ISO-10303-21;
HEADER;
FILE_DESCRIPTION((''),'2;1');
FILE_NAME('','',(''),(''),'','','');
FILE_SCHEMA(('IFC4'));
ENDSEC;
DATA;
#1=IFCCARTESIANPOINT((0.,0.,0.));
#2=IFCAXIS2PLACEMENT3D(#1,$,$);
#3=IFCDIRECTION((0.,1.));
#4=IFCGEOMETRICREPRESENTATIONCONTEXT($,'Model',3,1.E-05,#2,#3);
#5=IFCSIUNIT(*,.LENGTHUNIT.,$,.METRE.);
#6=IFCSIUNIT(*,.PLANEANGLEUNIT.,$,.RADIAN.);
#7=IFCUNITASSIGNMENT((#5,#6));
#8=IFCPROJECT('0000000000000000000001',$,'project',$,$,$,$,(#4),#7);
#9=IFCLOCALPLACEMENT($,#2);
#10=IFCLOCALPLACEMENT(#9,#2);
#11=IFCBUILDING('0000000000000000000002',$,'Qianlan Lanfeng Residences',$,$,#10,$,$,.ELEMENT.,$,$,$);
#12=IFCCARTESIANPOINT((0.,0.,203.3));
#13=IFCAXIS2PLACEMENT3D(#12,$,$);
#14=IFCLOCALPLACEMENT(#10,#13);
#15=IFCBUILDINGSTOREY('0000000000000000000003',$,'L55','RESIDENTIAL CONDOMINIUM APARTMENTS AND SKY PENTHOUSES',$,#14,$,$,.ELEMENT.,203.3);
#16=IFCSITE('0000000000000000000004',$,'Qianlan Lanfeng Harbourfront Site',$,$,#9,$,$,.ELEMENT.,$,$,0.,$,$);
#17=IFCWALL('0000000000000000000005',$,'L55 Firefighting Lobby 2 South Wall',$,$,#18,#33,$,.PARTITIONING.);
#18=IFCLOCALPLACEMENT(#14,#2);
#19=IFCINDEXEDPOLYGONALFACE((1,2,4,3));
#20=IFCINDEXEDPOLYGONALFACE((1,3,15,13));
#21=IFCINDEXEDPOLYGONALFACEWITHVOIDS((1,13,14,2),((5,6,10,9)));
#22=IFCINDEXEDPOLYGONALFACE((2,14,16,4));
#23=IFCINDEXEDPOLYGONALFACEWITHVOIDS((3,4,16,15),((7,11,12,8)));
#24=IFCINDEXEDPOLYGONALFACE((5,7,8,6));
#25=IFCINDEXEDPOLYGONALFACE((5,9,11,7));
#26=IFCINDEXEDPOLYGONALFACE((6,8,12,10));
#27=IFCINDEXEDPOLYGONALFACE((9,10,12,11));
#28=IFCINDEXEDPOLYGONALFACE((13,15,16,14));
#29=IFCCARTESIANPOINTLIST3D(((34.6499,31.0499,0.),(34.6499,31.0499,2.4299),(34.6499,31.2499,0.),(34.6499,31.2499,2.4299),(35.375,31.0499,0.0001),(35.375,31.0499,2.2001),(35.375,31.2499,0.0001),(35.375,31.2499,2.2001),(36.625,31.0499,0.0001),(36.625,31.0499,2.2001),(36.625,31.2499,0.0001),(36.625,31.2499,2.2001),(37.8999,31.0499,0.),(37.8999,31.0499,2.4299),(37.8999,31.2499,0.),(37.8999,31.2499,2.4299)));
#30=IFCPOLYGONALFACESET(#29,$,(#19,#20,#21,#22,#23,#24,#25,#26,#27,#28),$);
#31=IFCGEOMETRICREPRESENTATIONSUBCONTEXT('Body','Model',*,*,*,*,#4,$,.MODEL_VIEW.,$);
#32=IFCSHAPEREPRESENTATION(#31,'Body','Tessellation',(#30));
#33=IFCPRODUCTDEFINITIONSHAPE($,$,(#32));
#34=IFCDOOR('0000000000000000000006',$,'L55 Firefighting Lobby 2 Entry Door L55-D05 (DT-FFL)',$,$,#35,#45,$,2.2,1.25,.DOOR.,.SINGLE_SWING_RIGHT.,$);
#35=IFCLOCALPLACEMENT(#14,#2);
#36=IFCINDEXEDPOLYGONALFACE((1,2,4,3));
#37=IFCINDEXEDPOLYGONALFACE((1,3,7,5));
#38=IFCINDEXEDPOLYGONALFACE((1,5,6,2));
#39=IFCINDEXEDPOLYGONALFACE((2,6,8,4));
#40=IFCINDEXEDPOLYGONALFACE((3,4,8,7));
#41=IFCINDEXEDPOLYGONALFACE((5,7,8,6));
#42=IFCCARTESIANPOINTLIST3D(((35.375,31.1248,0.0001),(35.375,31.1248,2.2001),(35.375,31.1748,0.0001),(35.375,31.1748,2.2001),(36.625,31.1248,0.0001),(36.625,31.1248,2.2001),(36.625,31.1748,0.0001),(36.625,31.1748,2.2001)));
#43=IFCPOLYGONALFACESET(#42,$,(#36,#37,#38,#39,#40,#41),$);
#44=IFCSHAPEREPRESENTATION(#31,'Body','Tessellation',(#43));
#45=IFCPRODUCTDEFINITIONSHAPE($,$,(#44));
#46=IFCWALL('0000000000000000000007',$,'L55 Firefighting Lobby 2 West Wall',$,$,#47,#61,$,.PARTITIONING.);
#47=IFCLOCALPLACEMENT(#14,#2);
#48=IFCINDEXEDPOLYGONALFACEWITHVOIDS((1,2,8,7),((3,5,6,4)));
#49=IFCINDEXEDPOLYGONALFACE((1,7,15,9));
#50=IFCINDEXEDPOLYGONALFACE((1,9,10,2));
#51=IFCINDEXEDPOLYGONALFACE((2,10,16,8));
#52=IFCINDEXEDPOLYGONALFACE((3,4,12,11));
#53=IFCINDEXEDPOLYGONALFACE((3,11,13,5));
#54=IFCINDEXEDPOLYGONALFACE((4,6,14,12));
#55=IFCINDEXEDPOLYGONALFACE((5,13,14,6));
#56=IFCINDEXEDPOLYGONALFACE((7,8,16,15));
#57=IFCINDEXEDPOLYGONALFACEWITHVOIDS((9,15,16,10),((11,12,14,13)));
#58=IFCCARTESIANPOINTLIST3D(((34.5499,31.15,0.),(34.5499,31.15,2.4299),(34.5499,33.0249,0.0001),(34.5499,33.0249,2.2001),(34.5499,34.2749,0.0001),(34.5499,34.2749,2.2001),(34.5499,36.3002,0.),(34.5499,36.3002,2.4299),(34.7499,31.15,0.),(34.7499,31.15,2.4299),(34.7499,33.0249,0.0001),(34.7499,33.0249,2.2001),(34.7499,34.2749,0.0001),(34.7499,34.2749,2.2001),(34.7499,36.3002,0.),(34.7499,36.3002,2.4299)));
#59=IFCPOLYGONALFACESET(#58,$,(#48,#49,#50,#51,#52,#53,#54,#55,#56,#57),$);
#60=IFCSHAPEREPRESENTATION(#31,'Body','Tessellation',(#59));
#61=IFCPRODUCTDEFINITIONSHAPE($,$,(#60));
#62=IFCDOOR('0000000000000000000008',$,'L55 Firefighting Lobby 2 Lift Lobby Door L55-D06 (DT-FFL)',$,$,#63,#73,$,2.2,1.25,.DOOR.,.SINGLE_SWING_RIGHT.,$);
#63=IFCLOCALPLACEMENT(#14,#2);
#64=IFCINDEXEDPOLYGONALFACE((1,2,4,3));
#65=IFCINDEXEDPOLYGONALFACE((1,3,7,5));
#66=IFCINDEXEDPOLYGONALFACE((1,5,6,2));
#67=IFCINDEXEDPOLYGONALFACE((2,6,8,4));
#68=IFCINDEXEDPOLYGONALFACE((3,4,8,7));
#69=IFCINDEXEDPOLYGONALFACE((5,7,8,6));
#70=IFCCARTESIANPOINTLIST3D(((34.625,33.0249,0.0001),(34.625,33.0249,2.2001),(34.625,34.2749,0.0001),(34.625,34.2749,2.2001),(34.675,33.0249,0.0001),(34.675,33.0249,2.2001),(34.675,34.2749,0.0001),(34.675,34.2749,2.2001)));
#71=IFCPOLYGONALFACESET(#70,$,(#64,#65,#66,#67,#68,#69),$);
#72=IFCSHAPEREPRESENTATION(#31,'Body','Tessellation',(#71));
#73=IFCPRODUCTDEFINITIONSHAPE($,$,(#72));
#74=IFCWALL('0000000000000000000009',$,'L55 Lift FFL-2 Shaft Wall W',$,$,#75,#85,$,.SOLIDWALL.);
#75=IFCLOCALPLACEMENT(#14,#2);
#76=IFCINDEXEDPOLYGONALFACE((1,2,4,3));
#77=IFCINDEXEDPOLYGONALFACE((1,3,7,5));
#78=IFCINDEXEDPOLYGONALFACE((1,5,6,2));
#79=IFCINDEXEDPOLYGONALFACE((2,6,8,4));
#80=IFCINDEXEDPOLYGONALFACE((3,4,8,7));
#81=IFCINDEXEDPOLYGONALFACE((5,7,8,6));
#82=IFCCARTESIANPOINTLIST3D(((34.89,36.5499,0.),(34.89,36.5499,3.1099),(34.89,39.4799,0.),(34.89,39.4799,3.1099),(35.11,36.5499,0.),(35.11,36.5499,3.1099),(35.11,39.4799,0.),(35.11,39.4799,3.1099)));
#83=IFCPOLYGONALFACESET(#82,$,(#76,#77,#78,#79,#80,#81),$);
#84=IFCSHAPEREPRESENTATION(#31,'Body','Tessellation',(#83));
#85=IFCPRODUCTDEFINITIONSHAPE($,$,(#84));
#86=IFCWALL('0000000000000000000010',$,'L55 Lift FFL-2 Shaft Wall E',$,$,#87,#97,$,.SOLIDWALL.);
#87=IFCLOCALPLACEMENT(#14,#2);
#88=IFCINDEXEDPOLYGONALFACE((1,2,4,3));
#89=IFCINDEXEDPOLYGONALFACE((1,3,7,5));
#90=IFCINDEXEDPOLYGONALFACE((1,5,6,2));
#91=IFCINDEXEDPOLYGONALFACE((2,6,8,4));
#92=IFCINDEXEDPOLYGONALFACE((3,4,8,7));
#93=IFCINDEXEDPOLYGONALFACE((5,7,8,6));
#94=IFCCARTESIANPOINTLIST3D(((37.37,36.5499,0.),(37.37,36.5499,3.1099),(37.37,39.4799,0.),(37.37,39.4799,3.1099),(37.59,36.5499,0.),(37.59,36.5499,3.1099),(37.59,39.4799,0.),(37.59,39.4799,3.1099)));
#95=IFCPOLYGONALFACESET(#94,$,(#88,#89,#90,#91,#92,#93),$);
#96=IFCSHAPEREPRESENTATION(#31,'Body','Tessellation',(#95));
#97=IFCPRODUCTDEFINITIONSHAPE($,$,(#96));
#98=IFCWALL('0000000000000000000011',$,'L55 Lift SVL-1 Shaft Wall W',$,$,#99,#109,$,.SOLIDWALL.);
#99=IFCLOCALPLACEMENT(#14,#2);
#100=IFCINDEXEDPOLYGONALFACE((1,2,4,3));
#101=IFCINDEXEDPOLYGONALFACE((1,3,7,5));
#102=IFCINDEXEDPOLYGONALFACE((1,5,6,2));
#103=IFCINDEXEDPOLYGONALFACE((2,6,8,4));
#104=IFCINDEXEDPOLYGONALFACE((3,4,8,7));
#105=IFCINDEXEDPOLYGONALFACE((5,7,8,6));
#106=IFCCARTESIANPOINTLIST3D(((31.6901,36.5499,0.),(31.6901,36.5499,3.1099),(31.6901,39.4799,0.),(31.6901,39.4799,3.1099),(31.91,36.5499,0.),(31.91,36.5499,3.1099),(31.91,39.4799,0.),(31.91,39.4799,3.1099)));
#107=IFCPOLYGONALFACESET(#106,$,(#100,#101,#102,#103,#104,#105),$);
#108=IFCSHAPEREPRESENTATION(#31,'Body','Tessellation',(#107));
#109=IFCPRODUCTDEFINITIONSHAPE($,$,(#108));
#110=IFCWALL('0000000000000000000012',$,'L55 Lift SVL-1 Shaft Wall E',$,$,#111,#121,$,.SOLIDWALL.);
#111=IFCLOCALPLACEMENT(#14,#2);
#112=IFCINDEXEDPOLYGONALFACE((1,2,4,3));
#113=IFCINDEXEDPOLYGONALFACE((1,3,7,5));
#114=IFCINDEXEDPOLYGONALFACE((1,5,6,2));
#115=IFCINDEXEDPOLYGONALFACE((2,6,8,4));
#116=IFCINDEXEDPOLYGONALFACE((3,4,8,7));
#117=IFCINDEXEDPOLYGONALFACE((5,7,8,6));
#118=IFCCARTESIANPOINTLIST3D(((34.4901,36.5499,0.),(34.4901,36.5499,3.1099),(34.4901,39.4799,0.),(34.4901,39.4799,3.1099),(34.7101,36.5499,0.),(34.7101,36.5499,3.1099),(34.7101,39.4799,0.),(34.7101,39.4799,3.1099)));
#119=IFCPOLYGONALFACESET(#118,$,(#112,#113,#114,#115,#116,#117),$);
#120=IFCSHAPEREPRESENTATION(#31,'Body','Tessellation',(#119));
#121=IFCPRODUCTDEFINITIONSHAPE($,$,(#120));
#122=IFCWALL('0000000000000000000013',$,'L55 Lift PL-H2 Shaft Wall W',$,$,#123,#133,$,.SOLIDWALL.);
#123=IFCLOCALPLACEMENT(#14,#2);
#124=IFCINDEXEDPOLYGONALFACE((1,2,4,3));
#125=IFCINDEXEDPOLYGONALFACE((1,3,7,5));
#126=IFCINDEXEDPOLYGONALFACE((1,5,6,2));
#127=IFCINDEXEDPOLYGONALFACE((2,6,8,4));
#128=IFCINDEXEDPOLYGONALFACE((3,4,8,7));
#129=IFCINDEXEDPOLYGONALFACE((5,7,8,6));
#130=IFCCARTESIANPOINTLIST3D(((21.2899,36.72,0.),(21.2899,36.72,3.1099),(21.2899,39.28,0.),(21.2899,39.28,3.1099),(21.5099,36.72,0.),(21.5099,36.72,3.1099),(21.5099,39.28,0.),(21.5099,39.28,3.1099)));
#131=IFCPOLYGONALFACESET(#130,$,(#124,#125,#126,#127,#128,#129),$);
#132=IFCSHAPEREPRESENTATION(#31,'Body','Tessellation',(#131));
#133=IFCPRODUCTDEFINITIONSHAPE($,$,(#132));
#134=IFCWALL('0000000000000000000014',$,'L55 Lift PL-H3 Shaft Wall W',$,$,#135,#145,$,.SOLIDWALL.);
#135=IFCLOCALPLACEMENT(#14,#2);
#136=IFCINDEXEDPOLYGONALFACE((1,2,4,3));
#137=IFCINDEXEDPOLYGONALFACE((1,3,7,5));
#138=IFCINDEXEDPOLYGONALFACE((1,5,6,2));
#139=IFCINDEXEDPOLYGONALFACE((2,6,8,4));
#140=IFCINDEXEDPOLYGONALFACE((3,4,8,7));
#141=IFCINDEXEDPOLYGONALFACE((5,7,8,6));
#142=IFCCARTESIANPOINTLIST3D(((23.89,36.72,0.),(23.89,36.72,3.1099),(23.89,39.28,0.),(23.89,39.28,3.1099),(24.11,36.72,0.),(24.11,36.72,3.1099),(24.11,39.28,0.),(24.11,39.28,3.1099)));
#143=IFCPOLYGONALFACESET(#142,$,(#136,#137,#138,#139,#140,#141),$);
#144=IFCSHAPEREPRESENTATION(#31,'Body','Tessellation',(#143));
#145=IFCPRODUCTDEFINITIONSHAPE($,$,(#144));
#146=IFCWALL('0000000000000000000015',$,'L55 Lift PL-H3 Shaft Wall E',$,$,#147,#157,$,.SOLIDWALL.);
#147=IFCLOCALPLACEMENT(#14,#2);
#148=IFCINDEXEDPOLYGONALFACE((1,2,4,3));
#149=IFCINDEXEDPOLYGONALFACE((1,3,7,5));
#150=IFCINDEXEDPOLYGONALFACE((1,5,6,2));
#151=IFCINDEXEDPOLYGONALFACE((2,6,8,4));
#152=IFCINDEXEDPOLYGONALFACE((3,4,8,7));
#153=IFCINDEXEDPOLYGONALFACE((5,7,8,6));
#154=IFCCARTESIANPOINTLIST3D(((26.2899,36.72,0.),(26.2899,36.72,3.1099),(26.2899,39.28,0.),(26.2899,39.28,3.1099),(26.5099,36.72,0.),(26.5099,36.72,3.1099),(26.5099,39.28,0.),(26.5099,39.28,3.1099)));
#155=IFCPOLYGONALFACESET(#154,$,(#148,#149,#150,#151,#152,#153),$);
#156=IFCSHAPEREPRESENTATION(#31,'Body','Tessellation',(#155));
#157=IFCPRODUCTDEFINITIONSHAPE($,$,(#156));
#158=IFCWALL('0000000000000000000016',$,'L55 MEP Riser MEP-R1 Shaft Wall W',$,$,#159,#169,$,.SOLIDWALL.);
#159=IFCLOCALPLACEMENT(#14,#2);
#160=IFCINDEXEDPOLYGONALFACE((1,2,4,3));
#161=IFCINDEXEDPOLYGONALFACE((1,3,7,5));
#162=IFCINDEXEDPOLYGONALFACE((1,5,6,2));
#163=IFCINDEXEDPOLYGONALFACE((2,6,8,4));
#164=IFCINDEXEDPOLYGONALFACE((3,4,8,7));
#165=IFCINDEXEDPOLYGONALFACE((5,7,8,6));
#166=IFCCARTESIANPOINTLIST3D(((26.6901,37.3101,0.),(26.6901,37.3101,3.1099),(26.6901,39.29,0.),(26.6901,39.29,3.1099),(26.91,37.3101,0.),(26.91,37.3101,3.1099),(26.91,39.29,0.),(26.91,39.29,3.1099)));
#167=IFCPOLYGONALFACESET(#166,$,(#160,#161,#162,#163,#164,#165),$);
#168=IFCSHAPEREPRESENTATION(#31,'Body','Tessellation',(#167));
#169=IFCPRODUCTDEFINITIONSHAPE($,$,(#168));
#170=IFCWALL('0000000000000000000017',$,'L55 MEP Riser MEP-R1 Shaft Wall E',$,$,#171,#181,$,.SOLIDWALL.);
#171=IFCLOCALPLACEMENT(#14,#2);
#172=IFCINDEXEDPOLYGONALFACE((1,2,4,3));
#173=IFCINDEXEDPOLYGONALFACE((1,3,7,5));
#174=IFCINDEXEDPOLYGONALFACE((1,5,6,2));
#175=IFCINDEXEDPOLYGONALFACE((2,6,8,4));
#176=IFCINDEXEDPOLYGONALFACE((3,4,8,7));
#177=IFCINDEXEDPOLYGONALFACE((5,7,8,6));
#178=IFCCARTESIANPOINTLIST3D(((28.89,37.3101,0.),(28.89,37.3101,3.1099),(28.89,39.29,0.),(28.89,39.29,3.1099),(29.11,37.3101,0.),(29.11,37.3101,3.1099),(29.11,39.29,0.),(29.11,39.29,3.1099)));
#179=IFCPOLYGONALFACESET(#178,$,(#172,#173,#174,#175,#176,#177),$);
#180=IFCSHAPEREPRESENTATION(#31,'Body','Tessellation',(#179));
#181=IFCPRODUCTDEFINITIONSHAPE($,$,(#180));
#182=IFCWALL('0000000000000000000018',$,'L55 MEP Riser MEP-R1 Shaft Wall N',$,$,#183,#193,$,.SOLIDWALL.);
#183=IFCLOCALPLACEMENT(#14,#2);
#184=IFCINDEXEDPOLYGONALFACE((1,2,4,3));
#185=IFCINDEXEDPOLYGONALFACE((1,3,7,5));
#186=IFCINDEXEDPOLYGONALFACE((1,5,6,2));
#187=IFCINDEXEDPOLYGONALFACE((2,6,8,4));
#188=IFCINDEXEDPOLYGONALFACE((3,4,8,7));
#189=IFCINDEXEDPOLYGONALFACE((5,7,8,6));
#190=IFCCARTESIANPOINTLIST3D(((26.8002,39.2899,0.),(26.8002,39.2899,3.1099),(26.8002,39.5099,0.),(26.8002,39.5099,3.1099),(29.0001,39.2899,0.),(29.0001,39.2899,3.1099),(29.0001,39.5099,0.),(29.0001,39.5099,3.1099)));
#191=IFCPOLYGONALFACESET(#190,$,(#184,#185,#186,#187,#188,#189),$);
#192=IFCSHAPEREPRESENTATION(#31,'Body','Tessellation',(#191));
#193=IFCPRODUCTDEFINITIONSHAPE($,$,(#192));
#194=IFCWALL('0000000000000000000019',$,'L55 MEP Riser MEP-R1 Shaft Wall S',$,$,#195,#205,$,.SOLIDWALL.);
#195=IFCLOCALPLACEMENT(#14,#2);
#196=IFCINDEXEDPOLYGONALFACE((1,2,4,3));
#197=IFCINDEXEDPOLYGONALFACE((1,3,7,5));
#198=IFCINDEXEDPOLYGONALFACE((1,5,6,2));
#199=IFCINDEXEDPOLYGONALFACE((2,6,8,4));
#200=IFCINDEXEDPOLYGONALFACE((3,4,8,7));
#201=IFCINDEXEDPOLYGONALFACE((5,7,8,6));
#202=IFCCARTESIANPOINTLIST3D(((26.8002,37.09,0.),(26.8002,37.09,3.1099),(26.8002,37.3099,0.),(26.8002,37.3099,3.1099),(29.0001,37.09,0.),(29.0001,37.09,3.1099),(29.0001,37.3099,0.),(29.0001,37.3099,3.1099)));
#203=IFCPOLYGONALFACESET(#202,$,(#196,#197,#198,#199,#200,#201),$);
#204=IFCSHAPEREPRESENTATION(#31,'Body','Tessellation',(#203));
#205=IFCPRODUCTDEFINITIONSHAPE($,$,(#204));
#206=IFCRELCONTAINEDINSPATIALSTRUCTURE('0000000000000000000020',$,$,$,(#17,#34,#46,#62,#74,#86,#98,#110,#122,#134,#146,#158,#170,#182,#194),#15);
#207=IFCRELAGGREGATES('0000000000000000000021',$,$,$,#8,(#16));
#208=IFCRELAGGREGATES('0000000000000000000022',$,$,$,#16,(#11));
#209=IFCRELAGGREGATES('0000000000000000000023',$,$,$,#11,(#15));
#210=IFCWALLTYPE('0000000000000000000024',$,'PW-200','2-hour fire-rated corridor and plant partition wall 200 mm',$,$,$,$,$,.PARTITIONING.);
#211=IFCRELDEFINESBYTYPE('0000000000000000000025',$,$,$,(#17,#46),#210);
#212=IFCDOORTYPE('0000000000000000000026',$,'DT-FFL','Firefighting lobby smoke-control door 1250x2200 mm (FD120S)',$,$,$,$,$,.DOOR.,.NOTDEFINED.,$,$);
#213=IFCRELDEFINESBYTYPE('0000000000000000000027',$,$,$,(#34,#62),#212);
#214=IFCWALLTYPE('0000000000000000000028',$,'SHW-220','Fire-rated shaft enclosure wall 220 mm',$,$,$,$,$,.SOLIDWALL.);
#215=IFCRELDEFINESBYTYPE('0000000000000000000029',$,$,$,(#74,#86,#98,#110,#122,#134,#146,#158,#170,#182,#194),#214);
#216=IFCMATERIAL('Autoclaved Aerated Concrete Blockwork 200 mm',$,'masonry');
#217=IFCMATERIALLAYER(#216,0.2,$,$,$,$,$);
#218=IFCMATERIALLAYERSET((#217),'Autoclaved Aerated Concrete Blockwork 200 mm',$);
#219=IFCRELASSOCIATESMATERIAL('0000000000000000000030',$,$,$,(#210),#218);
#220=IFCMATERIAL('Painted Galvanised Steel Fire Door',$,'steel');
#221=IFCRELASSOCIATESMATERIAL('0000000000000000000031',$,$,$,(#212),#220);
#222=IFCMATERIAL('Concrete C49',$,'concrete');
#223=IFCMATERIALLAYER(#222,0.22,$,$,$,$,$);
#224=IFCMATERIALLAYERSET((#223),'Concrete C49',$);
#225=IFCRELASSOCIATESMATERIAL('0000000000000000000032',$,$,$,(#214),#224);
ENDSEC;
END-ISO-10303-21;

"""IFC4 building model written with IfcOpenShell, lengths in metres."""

from ifc_helpers import new_model, si_unit, direction, frame, frame_2d, origin, place, context, subcontext, project, spatial, rectangle, extrude, material, layer, layer_set, type_object, element, fill, save


model = new_model("IFC4")

# Units and contexts
model_context = context("Model", 3, precision=1e-05, world=origin(), true_north=direction((0.0, 1.0)))
body_context = subcontext(model_context, "Body", "Model", "MODEL_VIEW")
ifc_project = project(units=[si_unit("LENGTHUNIT", "METRE"), si_unit("PLANEANGLEUNIT", "RADIAN")], contexts=[model_context])

# Site, building, storey
site_placement = place(None, origin())
site = spatial("IfcSite", under=ifc_project, at=site_placement, Name="Qianlan Lanfeng Harbourfront Site", CompositionType="ELEMENT", RefElevation=0.0)
building_placement = place(site_placement, origin())
building = spatial("IfcBuilding", under=site, at=building_placement, Name="Qianlan Lanfeng Residences", CompositionType="ELEMENT")
storey_placement = place(building_placement, frame((0.0, 0.0, 203.3)))
storey = spatial("IfcBuildingStorey", under=building, at=storey_placement, Name="L55", Description="RESIDENTIAL CONDOMINIUM APARTMENTS AND SKY PENTHOUSES", CompositionType="ELEMENT", Elevation=203.3)

# Walls, openings, doors
ifc_material_1 = material(Name="Autoclaved Aerated Concrete Blockwork 200 mm", Category="masonry")
ifc_layer_1 = layer(ifc_material_1, 0.2)
ifc_layer_set_1 = layer_set([ifc_layer_1], Name="Autoclaved Aerated Concrete Blockwork 200 mm")
wall_type_1 = type_object("IfcWallType", Name="PW-200", Description="2-hour fire-rated corridor and plant partition wall 200 mm", PredefinedType="PARTITIONING", material=ifc_layer_set_1)
wall_1_placement = place(storey_placement, frame((34.6499, 31.1499, 0.0), z_axis=(0.0, 0.0, 1.0), x_axis=(1.0, 0.0, 0.0)))
wall_1 = element("IfcWall", 1, at=wall_1_placement, inside=storey, type_object=wall_type_1, Name="L55 Firefighting Lobby 2 South Wall", PredefinedType="PARTITIONING", context=body_context, shape_type="SweptSolid", body=[
    extrude(rectangle(XDim=3.25, YDim=0.2, at=frame_2d((1.625, 0.0))), origin(), (0.0, 0.0, 1.0), 2.4299),
])
opening_1_placement = place(wall_1_placement, frame((0.7251, 0.0, 0.0)))
opening_1 = element("IfcOpeningElement", 2, at=opening_1_placement, cuts=wall_1, PredefinedType="OPENING", context=body_context, shape_type="SweptSolid", body=[
    extrude(rectangle(XDim=1.25, YDim=2.2, at=frame_2d((0.625, 1.1001))), frame((0.0, 0.1099, 0.0), z_axis=(0.0, -1.0, 0.0), x_axis=(1.0, 0.0, 0.0)), (0.0, 0.0, 1.0), 0.22),
])
ifc_material_2 = material(Name="Painted Galvanised Steel Fire Door", Category="steel")
door_type = type_object("IfcDoorType", Name="DT-FFL", Description="Firefighting lobby smoke-control door 1250x2200 mm (FD120S)", OperationType="NOTDEFINED", PredefinedType="DOOR", material=ifc_material_2)
door_1_placement = place(opening_1_placement, origin())
door_1 = element("IfcDoor", 3, at=door_1_placement, inside=storey, type_object=door_type, Name="L55 Firefighting Lobby 2 Entry Door L55-D05 (DT-FFL)", OperationType="SINGLE_SWING_RIGHT", OverallHeight=2.2, OverallWidth=1.25, PredefinedType="DOOR", context=body_context, shape_type="SweptSolid", body=[
    extrude(rectangle(XDim=1.25, YDim=2.2, at=frame_2d((0.625, 1.1001))), frame((0.0, 0.0249, 0.0), z_axis=(0.0, -1.0, 0.0), x_axis=(1.0, 0.0, 0.0)), (0.0, 0.0, 1.0), 0.05),
])
fill(opening_1, door_1)
wall_2_placement = place(storey_placement, frame((34.6499, 31.1499, 0.0), z_axis=(0.0, 0.0, 1.0), x_axis=(0.0, 1.0, 0.0)))
wall_2 = element("IfcWall", 4, at=wall_2_placement, inside=storey, type_object=wall_type_1, Name="L55 Firefighting Lobby 2 West Wall", PredefinedType="PARTITIONING", context=body_context, shape_type="SweptSolid", body=[
    extrude(rectangle(XDim=5.1501, YDim=0.2, at=frame_2d((2.5752, 0.0))), origin(), (0.0, 0.0, 1.0), 2.4299),
])
opening_2_placement = place(wall_2_placement, frame((1.875, 0.0, 0.0)))
opening_2 = element("IfcOpeningElement", 5, at=opening_2_placement, cuts=wall_2, PredefinedType="OPENING", context=body_context, shape_type="SweptSolid", body=[
    extrude(rectangle(XDim=1.25, YDim=2.2, at=frame_2d((0.625, 1.1001))), frame((0.0, 0.1099, 0.0), z_axis=(0.0, -1.0, 0.0), x_axis=(1.0, 0.0, 0.0)), (0.0, 0.0, 1.0), 0.22),
])
door_2_placement = place(opening_2_placement, origin())
door_2 = element("IfcDoor", 6, at=door_2_placement, inside=storey, type_object=door_type, Name="L55 Firefighting Lobby 2 Lift Lobby Door L55-D06 (DT-FFL)", OperationType="SINGLE_SWING_RIGHT", OverallHeight=2.2, OverallWidth=1.25, PredefinedType="DOOR", context=body_context, shape_type="SweptSolid", body=[
    extrude(rectangle(XDim=1.25, YDim=2.2, at=frame_2d((0.625, 1.1001))), frame((0.0, 0.0249, 0.0), z_axis=(0.0, -1.0, 0.0), x_axis=(1.0, 0.0, 0.0)), (0.0, 0.0, 1.0), 0.05),
])
fill(opening_2, door_2)

# Walls
ifc_material_3 = material(Name="Concrete C49", Category="concrete")
ifc_layer_2 = layer(ifc_material_3, 0.22)
ifc_layer_set_2 = layer_set([ifc_layer_2], Name="Concrete C49")
wall_type_2 = type_object("IfcWallType", Name="SHW-220", Description="Fire-rated shaft enclosure wall 220 mm", PredefinedType="SOLIDWALL", material=ifc_layer_set_2)
for number, where, z_axis, x_axis, name in (
    (7, (35.0, 36.55, 0.0), (0.0, 0.0, 1.0), (0.0, 1.0, 0.0), "L55 Lift FFL-2 Shaft Wall W"),
    (8, (37.48, 36.55, 0.0), (0.0, 0.0, 1.0), (0.0, 1.0, 0.0), "L55 Lift FFL-2 Shaft Wall E"),
    (9, (31.8, 36.55, 0.0), (0.0, 0.0, 1.0), (0.0, 1.0, 0.0), "L55 Lift SVL-1 Shaft Wall W"),
    (10, (34.6001, 36.55, 0.0), (0.0, 0.0, 1.0), (0.0, 1.0, 0.0), "L55 Lift SVL-1 Shaft Wall E"),
):
    element("IfcWall", number, at=place(storey_placement, frame(where, z_axis=z_axis, x_axis=x_axis)), inside=storey, type_object=wall_type_2, Name=name, PredefinedType="SOLIDWALL", context=body_context, shape_type="SweptSolid", body=[
        extrude(rectangle(XDim=2.9299, YDim=0.22, at=frame_2d((1.4648, 0.0))), origin(), (0.0, 0.0, 1.0), 3.1099),
    ])
for number, where, z_axis, x_axis, name in (
    (11, (21.3999, 36.72, 0.0), (0.0, 0.0, 1.0), (0.0, 1.0, 0.0), "L55 Lift PL-H2 Shaft Wall W"),
    (12, (24.0, 36.72, 0.0), (0.0, 0.0, 1.0), (0.0, 1.0, 0.0), "L55 Lift PL-H3 Shaft Wall W"),
    (13, (26.3999, 36.72, 0.0), (0.0, 0.0, 1.0), (0.0, 1.0, 0.0), "L55 Lift PL-H3 Shaft Wall E"),
):
    element("IfcWall", number, at=place(storey_placement, frame(where, z_axis=z_axis, x_axis=x_axis)), inside=storey, type_object=wall_type_2, Name=name, PredefinedType="SOLIDWALL", context=body_context, shape_type="SweptSolid", body=[
        extrude(rectangle(XDim=2.5601, YDim=0.22, at=frame_2d((1.28, 0.0))), origin(), (0.0, 0.0, 1.0), 3.1099),
    ])
for number, where, z_axis, x_axis, name in (
    (14, (26.8, 37.3101, 0.0), (0.0, 0.0, 1.0), (0.0, 1.0, 0.0), "L55 MEP Riser MEP-R1 Shaft Wall W"),
    (15, (29.0, 37.3101, 0.0), (0.0, 0.0, 1.0), (0.0, 1.0, 0.0), "L55 MEP Riser MEP-R1 Shaft Wall E"),
):
    element("IfcWall", number, at=place(storey_placement, frame(where, z_axis=z_axis, x_axis=x_axis)), inside=storey, type_object=wall_type_2, Name=name, PredefinedType="SOLIDWALL", context=body_context, shape_type="SweptSolid", body=[
        extrude(rectangle(XDim=1.98, YDim=0.22, at=frame_2d((0.99, 0.0))), origin(), (0.0, 0.0, 1.0), 3.1099),
    ])
for number, where, z_axis, x_axis, name in (
    (16, (26.8, 39.3999, 0.0), (0.0, 0.0, 1.0), (1.0, 0.0, 0.0), "L55 MEP Riser MEP-R1 Shaft Wall N"),
    (17, (26.8, 37.2, 0.0), (0.0, 0.0, 1.0), (1.0, 0.0, 0.0), "L55 MEP Riser MEP-R1 Shaft Wall S"),
):
    element("IfcWall", number, at=place(storey_placement, frame(where, z_axis=z_axis, x_axis=x_axis)), inside=storey, type_object=wall_type_2, Name=name, PredefinedType="SOLIDWALL", context=body_context, shape_type="SweptSolid", body=[
        extrude(rectangle(XDim=2.2, YDim=0.22, at=frame_2d((1.1001, 0.0))), origin(), (0.0, 0.0, 1.0), 3.1099),
    ])

save(model, "model.ifc")
